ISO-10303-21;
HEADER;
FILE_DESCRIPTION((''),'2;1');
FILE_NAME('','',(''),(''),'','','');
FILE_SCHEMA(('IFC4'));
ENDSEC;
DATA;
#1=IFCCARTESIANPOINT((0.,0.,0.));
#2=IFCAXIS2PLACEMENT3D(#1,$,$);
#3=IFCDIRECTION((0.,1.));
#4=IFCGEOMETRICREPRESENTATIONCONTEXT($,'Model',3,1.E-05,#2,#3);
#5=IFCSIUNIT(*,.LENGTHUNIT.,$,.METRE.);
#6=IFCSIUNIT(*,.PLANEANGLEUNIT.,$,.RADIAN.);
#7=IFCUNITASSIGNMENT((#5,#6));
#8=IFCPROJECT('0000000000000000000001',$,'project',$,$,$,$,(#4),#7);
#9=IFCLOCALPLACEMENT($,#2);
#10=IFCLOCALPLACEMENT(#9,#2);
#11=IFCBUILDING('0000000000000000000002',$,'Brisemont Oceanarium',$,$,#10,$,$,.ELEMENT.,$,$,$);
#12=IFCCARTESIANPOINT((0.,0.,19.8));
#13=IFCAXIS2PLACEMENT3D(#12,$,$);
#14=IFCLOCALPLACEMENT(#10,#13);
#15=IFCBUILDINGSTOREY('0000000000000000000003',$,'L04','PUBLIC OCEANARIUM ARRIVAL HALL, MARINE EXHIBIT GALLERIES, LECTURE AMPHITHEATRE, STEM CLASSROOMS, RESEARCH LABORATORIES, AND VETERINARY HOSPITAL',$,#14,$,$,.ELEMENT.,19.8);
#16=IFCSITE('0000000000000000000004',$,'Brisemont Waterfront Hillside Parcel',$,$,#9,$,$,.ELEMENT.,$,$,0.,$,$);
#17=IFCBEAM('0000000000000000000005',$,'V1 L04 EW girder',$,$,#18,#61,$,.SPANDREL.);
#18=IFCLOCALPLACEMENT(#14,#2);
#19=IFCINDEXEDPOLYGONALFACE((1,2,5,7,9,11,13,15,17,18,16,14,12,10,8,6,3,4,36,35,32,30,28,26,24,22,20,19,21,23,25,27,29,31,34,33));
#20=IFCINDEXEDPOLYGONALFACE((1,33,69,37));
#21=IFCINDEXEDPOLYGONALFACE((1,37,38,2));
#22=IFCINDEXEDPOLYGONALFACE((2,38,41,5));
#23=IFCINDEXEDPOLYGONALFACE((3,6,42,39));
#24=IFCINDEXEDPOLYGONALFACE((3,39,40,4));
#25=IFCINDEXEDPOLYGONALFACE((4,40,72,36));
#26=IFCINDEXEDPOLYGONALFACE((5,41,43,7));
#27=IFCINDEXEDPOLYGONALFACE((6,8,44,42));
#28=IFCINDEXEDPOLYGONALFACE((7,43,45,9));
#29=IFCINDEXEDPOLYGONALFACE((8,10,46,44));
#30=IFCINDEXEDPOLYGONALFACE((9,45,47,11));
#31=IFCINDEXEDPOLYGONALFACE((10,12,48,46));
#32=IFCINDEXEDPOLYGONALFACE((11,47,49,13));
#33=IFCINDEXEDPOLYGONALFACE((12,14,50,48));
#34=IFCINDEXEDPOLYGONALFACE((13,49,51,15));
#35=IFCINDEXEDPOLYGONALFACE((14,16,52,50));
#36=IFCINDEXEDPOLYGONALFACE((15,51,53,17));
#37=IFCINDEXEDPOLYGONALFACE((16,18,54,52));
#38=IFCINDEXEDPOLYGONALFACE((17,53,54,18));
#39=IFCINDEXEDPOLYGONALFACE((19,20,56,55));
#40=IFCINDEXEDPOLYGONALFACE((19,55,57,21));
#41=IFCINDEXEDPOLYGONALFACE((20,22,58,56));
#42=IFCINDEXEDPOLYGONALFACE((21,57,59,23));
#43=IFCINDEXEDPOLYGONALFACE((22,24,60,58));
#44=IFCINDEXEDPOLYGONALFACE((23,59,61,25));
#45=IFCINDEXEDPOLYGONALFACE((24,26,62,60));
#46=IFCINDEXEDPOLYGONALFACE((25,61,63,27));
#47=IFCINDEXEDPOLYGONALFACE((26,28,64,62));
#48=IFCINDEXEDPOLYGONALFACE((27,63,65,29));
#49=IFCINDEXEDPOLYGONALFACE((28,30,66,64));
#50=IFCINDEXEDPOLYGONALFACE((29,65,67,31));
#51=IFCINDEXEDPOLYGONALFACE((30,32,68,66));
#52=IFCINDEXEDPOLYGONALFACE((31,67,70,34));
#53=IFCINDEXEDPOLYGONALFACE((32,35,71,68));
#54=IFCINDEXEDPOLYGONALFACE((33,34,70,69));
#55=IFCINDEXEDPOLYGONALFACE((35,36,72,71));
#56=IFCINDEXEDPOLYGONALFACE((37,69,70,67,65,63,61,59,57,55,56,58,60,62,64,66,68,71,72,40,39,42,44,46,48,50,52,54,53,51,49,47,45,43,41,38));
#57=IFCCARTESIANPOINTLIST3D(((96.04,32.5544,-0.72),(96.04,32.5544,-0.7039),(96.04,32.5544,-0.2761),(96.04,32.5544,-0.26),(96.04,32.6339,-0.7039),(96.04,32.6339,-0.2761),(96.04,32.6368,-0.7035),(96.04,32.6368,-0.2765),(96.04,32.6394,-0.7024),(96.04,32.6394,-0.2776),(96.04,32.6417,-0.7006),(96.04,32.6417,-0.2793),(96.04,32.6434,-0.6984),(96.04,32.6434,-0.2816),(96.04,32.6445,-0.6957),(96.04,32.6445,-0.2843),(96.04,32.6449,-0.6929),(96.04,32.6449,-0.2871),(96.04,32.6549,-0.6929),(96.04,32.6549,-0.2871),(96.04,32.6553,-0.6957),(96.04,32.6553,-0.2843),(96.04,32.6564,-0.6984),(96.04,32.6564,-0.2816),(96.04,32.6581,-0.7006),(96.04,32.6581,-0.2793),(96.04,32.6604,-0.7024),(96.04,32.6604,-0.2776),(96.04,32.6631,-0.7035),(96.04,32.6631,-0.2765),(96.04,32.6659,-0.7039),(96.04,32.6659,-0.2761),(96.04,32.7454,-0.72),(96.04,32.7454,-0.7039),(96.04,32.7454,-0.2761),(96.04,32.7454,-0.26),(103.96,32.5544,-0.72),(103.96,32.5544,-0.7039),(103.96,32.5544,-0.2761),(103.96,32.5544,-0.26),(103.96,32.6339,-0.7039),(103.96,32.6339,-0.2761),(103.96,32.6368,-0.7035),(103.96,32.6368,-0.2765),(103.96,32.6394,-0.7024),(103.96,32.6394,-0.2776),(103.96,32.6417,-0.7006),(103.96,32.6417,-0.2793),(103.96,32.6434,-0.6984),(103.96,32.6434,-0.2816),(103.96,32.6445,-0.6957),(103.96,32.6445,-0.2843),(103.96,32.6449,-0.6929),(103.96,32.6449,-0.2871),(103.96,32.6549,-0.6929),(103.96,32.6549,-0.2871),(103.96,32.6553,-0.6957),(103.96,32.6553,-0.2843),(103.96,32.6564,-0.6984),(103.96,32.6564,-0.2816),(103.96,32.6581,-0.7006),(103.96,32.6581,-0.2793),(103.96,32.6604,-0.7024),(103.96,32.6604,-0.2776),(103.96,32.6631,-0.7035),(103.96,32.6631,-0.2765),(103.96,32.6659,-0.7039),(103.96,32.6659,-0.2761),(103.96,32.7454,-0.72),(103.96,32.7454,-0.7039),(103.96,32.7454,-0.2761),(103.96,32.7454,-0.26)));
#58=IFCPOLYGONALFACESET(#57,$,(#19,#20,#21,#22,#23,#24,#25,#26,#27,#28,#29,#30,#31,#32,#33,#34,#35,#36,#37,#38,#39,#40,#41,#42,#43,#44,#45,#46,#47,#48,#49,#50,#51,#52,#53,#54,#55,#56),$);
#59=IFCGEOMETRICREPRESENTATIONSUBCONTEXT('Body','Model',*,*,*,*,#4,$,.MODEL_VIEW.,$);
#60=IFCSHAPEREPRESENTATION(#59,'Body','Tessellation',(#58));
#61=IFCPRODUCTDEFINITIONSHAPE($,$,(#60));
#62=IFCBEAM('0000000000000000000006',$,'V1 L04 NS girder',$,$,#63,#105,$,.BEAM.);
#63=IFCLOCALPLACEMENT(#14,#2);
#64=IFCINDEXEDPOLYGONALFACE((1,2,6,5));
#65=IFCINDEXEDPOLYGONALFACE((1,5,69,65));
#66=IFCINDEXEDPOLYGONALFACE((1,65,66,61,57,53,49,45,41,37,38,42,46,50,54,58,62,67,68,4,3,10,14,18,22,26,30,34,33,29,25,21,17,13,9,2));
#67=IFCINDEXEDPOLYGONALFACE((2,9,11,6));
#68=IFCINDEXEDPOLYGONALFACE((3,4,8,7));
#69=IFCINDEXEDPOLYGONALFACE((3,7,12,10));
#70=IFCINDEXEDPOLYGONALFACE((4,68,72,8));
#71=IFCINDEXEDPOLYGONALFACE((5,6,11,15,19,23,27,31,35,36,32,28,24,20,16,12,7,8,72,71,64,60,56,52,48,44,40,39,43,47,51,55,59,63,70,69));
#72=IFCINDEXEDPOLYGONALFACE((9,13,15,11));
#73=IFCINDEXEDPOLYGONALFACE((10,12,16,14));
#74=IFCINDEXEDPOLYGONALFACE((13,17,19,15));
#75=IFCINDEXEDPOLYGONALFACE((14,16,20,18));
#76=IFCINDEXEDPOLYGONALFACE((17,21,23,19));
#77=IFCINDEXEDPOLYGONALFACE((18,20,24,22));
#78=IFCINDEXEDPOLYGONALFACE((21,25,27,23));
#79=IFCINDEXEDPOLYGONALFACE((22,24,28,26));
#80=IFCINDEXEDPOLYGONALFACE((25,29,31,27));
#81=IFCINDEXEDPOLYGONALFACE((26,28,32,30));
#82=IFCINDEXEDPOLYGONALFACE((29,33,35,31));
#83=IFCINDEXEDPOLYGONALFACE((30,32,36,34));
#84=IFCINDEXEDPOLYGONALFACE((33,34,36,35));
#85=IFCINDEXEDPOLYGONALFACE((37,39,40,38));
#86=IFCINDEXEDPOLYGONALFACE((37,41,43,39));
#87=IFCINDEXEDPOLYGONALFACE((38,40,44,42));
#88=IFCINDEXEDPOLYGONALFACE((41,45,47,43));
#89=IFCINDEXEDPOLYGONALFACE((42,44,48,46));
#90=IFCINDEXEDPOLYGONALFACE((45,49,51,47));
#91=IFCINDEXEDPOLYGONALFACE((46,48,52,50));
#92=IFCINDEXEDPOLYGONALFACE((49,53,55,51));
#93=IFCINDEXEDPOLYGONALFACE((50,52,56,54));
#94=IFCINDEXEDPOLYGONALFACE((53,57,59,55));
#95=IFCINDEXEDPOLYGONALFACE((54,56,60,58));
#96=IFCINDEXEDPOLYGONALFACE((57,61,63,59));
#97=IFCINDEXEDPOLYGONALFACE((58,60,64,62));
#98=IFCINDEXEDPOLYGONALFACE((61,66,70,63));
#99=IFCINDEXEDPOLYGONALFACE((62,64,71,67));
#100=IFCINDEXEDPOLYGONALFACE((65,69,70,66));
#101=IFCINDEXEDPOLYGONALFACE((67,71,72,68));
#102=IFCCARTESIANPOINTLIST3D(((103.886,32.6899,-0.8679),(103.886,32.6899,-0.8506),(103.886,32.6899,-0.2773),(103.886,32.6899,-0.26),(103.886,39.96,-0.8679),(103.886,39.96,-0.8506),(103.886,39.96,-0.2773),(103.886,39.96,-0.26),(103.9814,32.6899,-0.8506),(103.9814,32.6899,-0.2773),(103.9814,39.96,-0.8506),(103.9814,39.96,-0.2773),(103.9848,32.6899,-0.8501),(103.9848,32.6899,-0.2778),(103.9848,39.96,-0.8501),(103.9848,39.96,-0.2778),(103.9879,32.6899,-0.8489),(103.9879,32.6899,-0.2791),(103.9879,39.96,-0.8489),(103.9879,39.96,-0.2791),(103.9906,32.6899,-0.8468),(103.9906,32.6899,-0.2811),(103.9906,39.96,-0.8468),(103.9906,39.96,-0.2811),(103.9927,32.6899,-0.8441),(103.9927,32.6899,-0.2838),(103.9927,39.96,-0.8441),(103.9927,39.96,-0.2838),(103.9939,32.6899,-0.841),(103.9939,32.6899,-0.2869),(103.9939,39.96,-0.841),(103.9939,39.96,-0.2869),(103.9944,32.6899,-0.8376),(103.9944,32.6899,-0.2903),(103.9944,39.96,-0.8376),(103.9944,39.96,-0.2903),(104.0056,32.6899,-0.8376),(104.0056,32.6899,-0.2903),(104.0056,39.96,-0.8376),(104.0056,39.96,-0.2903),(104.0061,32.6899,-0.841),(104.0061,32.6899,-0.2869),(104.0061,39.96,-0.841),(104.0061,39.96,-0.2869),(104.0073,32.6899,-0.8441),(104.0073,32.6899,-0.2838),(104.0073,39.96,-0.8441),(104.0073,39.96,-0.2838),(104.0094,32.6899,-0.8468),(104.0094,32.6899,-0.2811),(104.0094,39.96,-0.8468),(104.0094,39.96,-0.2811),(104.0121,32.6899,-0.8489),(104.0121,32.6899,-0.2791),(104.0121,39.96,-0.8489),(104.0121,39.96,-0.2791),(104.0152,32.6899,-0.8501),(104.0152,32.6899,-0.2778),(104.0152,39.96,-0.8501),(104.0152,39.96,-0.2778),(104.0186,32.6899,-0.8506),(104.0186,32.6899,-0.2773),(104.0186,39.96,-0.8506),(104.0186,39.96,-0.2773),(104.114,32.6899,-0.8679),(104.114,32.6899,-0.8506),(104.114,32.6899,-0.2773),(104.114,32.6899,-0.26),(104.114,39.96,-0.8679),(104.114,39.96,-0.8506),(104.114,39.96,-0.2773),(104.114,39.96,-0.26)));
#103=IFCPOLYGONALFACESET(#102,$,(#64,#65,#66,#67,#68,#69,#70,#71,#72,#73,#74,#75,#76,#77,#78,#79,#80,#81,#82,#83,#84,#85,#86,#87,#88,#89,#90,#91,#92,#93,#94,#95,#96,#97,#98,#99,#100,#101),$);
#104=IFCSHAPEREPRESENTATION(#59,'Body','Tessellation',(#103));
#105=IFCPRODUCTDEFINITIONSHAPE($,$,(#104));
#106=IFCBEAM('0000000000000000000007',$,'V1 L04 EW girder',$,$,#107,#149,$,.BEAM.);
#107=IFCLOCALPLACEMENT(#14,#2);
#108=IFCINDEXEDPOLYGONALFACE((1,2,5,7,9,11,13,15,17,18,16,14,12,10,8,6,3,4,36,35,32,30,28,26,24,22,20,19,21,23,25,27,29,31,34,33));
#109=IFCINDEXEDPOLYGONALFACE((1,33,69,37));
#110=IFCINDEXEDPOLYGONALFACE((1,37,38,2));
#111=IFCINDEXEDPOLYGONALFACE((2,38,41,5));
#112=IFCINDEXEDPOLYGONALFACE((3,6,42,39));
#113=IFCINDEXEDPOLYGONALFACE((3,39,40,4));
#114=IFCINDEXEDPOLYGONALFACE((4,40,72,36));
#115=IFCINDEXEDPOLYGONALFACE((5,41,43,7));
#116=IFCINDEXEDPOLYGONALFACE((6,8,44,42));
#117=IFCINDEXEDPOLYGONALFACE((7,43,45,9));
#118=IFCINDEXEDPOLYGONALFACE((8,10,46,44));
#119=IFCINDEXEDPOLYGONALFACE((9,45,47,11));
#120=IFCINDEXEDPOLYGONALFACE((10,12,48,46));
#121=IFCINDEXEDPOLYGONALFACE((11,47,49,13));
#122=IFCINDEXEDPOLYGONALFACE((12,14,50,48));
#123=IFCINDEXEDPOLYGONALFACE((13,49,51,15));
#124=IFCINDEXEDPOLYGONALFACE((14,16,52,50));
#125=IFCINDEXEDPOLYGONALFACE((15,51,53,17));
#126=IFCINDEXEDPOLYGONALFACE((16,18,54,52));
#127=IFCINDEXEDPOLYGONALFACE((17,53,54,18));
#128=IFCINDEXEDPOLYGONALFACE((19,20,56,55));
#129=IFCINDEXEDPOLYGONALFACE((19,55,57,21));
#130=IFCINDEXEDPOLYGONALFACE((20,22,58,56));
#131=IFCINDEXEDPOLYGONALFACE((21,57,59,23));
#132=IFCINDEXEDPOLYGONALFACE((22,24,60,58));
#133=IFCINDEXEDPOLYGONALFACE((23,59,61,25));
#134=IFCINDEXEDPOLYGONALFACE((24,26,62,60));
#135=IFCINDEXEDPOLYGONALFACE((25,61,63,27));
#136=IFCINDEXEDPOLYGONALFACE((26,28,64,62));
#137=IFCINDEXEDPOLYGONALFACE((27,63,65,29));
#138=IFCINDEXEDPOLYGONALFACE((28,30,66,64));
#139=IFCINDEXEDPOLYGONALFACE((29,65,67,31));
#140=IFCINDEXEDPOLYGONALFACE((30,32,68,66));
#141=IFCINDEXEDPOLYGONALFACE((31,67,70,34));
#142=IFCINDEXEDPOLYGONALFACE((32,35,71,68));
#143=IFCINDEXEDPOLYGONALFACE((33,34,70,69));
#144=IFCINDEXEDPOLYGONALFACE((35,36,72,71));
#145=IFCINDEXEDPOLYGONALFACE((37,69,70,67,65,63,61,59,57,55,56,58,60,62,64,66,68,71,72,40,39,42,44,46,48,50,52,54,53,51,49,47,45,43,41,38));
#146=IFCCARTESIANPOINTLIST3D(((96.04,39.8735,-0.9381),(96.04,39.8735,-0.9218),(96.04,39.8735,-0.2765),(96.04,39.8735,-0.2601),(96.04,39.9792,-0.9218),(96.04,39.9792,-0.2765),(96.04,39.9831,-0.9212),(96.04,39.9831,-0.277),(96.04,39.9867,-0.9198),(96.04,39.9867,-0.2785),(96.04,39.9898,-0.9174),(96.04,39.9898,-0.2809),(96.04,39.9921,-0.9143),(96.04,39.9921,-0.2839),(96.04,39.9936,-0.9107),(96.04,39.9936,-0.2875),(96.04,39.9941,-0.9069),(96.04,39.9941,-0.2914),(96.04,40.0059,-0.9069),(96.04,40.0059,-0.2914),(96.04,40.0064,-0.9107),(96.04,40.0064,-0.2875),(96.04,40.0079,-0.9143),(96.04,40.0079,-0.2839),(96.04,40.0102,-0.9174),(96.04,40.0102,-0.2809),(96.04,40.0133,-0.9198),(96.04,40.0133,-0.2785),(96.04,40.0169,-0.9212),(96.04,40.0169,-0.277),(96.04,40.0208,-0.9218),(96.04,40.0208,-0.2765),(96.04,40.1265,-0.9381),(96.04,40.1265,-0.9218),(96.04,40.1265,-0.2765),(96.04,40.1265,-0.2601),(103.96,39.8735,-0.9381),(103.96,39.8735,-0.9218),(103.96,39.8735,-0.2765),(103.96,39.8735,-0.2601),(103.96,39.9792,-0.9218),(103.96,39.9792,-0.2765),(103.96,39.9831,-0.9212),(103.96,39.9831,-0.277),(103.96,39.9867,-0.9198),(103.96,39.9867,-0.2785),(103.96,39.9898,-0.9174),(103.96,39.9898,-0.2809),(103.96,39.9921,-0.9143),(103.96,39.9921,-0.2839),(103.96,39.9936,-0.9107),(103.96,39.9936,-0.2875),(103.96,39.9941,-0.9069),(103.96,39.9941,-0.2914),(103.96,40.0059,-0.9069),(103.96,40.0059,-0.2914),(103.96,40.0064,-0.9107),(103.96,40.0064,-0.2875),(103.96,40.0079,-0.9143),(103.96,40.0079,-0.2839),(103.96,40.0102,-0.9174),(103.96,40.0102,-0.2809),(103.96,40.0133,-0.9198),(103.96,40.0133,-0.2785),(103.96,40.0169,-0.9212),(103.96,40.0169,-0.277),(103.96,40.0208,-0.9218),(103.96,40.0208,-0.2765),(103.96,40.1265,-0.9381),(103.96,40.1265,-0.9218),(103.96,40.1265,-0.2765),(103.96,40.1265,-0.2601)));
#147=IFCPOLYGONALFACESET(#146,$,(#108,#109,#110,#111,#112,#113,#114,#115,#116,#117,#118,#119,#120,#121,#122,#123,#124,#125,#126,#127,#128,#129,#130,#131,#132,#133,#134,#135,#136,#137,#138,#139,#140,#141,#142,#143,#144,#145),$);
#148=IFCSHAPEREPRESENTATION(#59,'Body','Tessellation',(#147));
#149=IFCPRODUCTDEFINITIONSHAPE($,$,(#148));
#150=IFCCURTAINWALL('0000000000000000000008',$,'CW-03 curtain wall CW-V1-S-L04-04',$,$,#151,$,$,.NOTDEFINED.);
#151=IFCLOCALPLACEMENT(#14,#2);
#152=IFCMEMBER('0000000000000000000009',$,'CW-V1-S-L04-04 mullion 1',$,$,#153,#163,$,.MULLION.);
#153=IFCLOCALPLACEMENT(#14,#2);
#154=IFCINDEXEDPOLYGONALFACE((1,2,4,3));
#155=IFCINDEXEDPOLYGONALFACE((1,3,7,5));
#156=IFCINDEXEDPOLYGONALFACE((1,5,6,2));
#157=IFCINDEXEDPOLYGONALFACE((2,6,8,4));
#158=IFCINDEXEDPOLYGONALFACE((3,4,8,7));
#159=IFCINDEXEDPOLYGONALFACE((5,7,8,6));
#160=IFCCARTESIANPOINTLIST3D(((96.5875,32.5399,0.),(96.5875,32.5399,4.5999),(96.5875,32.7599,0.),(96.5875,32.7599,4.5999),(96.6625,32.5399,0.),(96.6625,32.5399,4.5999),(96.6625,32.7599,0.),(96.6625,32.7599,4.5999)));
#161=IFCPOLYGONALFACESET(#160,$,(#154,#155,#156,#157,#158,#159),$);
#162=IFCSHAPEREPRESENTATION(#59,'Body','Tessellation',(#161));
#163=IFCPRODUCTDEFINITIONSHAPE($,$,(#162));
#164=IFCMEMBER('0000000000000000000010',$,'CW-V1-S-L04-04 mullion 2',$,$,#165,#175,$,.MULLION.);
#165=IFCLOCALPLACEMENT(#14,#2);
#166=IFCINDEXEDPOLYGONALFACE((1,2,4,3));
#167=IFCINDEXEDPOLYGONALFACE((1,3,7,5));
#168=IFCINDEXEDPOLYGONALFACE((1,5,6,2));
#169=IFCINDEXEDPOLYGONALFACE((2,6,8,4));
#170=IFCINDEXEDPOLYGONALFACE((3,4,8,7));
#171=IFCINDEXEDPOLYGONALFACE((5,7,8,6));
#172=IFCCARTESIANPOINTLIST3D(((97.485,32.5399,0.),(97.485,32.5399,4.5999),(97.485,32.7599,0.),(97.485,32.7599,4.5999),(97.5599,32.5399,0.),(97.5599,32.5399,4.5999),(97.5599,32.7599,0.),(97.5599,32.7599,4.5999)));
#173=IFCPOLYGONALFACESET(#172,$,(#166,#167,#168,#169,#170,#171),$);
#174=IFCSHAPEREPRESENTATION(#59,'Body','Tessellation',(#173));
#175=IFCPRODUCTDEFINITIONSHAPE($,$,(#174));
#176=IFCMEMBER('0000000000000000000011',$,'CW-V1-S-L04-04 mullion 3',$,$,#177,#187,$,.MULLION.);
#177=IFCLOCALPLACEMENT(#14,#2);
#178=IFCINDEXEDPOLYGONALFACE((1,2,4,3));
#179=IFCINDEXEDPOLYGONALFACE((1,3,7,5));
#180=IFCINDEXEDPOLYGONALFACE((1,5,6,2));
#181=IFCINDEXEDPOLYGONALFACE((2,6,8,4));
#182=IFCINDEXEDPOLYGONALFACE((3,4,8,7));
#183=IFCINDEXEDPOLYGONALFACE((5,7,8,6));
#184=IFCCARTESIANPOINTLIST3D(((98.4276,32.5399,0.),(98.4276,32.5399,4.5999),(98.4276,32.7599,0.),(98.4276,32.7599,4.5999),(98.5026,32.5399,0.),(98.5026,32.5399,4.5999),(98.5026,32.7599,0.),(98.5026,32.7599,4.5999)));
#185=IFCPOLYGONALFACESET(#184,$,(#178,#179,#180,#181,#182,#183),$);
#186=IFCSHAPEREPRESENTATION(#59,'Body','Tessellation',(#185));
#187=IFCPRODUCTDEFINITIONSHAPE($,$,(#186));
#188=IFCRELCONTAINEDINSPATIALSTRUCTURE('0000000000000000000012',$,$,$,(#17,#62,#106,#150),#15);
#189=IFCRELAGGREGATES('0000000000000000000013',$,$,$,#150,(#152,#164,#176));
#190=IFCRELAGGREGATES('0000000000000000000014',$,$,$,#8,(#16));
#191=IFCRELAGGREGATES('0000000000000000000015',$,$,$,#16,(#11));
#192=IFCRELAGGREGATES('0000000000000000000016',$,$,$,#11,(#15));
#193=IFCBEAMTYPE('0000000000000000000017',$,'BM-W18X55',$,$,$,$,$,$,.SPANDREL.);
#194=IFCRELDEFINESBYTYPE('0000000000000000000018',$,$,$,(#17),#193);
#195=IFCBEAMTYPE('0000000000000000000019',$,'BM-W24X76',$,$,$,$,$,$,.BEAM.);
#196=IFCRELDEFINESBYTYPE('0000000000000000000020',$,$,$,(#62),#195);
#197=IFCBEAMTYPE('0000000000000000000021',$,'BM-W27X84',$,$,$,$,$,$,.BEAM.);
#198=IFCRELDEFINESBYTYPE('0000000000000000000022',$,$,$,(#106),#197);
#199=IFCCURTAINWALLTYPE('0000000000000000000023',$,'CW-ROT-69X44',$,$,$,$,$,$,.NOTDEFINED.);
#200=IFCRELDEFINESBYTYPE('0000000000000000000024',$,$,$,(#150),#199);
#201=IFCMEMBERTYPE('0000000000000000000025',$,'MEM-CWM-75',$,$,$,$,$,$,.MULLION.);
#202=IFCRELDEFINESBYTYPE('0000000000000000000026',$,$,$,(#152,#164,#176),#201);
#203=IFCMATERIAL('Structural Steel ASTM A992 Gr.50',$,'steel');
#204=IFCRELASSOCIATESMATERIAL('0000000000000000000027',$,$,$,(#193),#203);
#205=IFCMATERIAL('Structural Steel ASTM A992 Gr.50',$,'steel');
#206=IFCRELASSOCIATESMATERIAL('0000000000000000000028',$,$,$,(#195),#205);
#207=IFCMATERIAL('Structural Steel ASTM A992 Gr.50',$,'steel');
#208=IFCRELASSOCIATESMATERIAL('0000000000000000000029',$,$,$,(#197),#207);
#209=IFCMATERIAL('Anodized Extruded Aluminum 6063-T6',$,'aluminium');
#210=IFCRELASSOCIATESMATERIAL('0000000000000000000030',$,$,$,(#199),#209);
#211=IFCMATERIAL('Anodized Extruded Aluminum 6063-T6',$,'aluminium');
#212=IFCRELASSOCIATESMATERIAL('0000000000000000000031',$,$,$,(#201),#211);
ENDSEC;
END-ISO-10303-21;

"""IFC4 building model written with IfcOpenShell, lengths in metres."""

from ifc_helpers import new_model, si_unit, direction, frame, origin, origin_2d, place, context, subcontext, project, spatial, rectangle, i_section, extrude, material, material_profile, profile_set, type_object, element, aggregate, save


model = new_model("IFC4")

# Units and contexts
model_context = context("Model", 3, precision=1e-05, world=origin(), true_north=direction((0.0, 1.0)))
body_context = subcontext(model_context, "Body", "Model", "MODEL_VIEW")
ifc_project = project(units=[si_unit("LENGTHUNIT", "METRE"), si_unit("PLANEANGLEUNIT", "RADIAN")], contexts=[model_context])

# Site, building, storey
site_placement = place(None, origin())
site = spatial("IfcSite", under=ifc_project, at=site_placement, Name="Brisemont Waterfront Hillside Parcel", CompositionType="ELEMENT", RefElevation=0.0)
building_placement = place(site_placement, origin())
building = spatial("IfcBuilding", under=site, at=building_placement, Name="Brisemont Oceanarium", CompositionType="ELEMENT")
storey_placement = place(building_placement, frame((0.0, 0.0, 19.8)))
storey = spatial("IfcBuildingStorey", under=building, at=storey_placement, Name="L04", Description="PUBLIC OCEANARIUM ARRIVAL HALL, MARINE EXHIBIT GALLERIES, LECTURE AMPHITHEATRE, STEM CLASSROOMS, RESEARCH LABORATORIES, AND VETERINARY HOSPITAL", CompositionType="ELEMENT", Elevation=19.8)

# Beams
ifc_material_1 = material(Name="Structural Steel ASTM A992 Gr.50", Category="steel")
ifc_material_profile_1 = material_profile(ifc_material_1, i_section(OverallWidth=0.1909, OverallDepth=0.46, WebThickness=0.01, FlangeThickness=0.0161, FilletRadius=0.011, at=origin_2d()), Name="W18X55")
ifc_profile_set_1 = profile_set([ifc_material_profile_1], Name="Structural Steel ASTM A992 Gr.50")
beam_type_1 = type_object("IfcBeamType", Name="BM-W18X55", PredefinedType="SPANDREL", material=ifc_profile_set_1)
beam_1_placement = place(storey_placement, frame((96.04, 32.6499, -0.49), z_axis=(1.0, 0.0, 0.0), x_axis=(0.0, 1.0, 0.0)))
element("IfcBeam", 1, at=beam_1_placement, inside=storey, type_object=beam_type_1, Name="V1 L04 EW girder", PredefinedType="SPANDREL", context=body_context, shape_type="SweptSolid", body=[
    extrude(i_section(OverallWidth=0.1909, OverallDepth=0.46, WebThickness=0.01, FlangeThickness=0.0161, FilletRadius=0.011, at=origin_2d()), origin(), (0.0, 0.0, 1.0), 7.9199),
])
ifc_material_2 = material(Name="Structural Steel ASTM A992 Gr.50", Category="steel")
ifc_material_profile_2 = material_profile(ifc_material_2, i_section(OverallWidth=0.228, OverallDepth=0.6079, WebThickness=0.0112, FlangeThickness=0.0173, FilletRadius=0.0129, at=origin_2d()), Name="W24X76")
ifc_profile_set_2 = profile_set([ifc_material_profile_2], Name="Structural Steel ASTM A992 Gr.50")
beam_type_2 = type_object("IfcBeamType", Name="BM-W24X76", PredefinedType="BEAM", material=ifc_profile_set_2)
beam_2_placement = place(storey_placement, frame((104.0, 32.6899, -0.564), z_axis=(0.0, 1.0, 0.0), x_axis=(-1.0, 0.0, 0.0)))
element("IfcBeam", 2, at=beam_2_placement, inside=storey, type_object=beam_type_2, Name="V1 L04 NS girder", PredefinedType="BEAM", context=body_context, shape_type="SweptSolid", body=[
    extrude(i_section(OverallWidth=0.228, OverallDepth=0.6079, WebThickness=0.0112, FlangeThickness=0.0173, FilletRadius=0.0129, at=origin_2d()), origin(), (0.0, 0.0, 1.0), 7.27),
])
ifc_material_3 = material(Name="Structural Steel ASTM A992 Gr.50", Category="steel")
ifc_material_profile_3 = material_profile(ifc_material_3, i_section(OverallWidth=0.2529, OverallDepth=0.678, WebThickness=0.0117, FlangeThickness=0.0164, FilletRadius=0.0149, at=origin_2d()), Name="W27X84")
ifc_profile_set_3 = profile_set([ifc_material_profile_3], Name="Structural Steel ASTM A992 Gr.50")
beam_type_3 = type_object("IfcBeamType", Name="BM-W27X84", PredefinedType="BEAM", material=ifc_profile_set_3)
beam_3_placement = place(storey_placement, frame((96.04, 40.0, -0.5991), z_axis=(1.0, 0.0, 0.0), x_axis=(0.0, 1.0, 0.0)))
element("IfcBeam", 3, at=beam_3_placement, inside=storey, type_object=beam_type_3, Name="V1 L04 EW girder", PredefinedType="BEAM", context=body_context, shape_type="SweptSolid", body=[
    extrude(i_section(OverallWidth=0.2529, OverallDepth=0.678, WebThickness=0.0117, FlangeThickness=0.0164, FilletRadius=0.0149, at=origin_2d()), origin(), (0.0, 0.0, 1.0), 7.9199),
])

# Curtain wall, members
ifc_material_4 = material(Name="Anodized Extruded Aluminum 6063-T6", Category="aluminium")
curtain_wall_type = type_object("IfcCurtainWallType", Name="CW-ROT-69X44", PredefinedType="NOTDEFINED", material=ifc_material_4)
curtain_wall_placement = place(storey_placement, origin())
curtain_wall = element("IfcCurtainWall", 4, at=curtain_wall_placement, inside=storey, type_object=curtain_wall_type, Name="CW-03 curtain wall CW-V1-S-L04-04", PredefinedType="NOTDEFINED")
ifc_material_5 = material(Name="Anodized Extruded Aluminum 6063-T6", Category="aluminium")
ifc_material_profile_4 = material_profile(ifc_material_5, rectangle(XDim=0.075, YDim=0.22, at=origin_2d()), Name="CWM-75X220")
ifc_profile_set_4 = profile_set([ifc_material_profile_4], Name="Anodized Extruded Aluminum 6063-T6")
member_type_1 = type_object("IfcMemberType", Name="MEM-CWM-75", PredefinedType="MULLION", material=ifc_profile_set_4)
member_1_placement = place(storey_placement, frame((96.625, 32.6499, 0.0), z_axis=(0.0, 0.0, 1.0), x_axis=(1.0, 0.0, 0.0)))
member_1 = element("IfcMember", 5, at=member_1_placement, type_object=member_type_1, Name="CW-V1-S-L04-04 mullion 1", PredefinedType="MULLION", context=body_context, shape_type="SweptSolid", body=[
    extrude(rectangle(XDim=0.075, YDim=0.22, at=origin_2d()), origin(), (0.0, 0.0, 1.0), 4.5999),
])
member_2_placement = place(storey_placement, frame((97.5225, 32.6499, 0.0), z_axis=(0.0, 0.0, 1.0), x_axis=(1.0, 0.0, 0.0)))
member_2 = element("IfcMember", 6, at=member_2_placement, type_object=member_type_1, Name="CW-V1-S-L04-04 mullion 2", PredefinedType="MULLION", context=body_context, shape_type="SweptSolid", body=[
    extrude(rectangle(XDim=0.075, YDim=0.22, at=origin_2d()), origin(), (0.0, 0.0, 1.0), 4.5999),
])
member_3_placement = place(storey_placement, frame((98.4651, 32.6499, 0.0), z_axis=(0.0, 0.0, 1.0), x_axis=(1.0, 0.0, 0.0)))
member_3 = element("IfcMember", 7, at=member_3_placement, type_object=member_type_1, Name="CW-V1-S-L04-04 mullion 3", PredefinedType="MULLION", context=body_context, shape_type="SweptSolid", body=[
    extrude(rectangle(XDim=0.075, YDim=0.22, at=origin_2d()), origin(), (0.0, 0.0, 1.0), 4.5999),
])
aggregate(curtain_wall, [member_1, member_2, member_3])

save(model, "model.ifc")
